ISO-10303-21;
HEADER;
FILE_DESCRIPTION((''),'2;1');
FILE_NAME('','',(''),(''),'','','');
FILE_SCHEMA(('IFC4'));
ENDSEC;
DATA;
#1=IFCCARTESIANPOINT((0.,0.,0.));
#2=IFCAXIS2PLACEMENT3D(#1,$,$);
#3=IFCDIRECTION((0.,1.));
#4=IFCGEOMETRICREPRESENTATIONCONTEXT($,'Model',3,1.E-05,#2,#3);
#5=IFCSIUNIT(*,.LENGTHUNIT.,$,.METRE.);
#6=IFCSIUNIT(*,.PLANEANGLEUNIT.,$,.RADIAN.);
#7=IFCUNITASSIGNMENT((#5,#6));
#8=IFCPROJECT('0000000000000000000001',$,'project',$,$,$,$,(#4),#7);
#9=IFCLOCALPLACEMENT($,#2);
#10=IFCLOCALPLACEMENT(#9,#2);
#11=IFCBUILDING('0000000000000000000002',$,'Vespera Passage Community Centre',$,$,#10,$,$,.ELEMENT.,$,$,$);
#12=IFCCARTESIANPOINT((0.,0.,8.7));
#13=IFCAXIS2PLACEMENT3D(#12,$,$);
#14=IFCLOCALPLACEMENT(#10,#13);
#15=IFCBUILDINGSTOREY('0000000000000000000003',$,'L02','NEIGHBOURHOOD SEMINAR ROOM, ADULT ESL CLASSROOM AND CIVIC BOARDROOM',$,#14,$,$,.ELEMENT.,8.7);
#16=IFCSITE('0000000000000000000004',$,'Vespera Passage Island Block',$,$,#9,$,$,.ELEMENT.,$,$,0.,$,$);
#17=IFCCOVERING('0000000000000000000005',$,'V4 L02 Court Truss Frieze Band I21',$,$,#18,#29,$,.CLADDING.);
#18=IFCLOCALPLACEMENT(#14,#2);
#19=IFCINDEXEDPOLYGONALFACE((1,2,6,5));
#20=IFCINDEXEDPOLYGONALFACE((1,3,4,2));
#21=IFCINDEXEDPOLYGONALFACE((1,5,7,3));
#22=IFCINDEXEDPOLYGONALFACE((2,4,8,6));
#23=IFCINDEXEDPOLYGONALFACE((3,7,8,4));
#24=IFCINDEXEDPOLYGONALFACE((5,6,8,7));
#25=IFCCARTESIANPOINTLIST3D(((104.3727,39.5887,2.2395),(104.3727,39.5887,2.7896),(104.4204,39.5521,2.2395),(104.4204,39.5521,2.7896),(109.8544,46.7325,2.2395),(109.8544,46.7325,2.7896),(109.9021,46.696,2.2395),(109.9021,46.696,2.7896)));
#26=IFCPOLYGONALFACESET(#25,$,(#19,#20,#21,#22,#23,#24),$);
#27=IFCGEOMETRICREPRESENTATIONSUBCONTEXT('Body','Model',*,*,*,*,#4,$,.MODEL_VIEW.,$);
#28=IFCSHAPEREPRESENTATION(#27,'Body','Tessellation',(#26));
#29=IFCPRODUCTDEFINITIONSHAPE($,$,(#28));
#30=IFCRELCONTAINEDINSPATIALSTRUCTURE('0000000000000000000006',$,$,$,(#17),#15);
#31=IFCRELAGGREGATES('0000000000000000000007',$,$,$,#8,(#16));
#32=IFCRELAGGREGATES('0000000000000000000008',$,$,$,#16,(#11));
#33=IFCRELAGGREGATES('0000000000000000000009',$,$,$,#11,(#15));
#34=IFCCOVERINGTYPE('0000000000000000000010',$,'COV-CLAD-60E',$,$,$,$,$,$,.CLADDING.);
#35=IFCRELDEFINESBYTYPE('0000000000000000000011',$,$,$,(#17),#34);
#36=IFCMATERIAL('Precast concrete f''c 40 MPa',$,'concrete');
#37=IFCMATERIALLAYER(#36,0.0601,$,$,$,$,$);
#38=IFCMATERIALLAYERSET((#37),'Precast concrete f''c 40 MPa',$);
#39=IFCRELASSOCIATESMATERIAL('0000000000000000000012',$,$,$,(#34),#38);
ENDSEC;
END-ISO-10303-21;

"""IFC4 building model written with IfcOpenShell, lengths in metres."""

from ifc_helpers import new_model, si_unit, direction, frame, frame_2d, origin, place, context, subcontext, project, spatial, rectangle, extrude, material, layer, layer_set, type_object, element, save


model = new_model("IFC4")

# Units and contexts
model_context = context("Model", 3, precision=1e-05, world=origin(), true_north=direction((0.0, 1.0)))
body_context = subcontext(model_context, "Body", "Model", "MODEL_VIEW")
ifc_project = project(units=[si_unit("LENGTHUNIT", "METRE"), si_unit("PLANEANGLEUNIT", "RADIAN")], contexts=[model_context])

# Site, building, storey
site_placement = place(None, origin())
site = spatial("IfcSite", under=ifc_project, at=site_placement, Name="Vespera Passage Island Block", CompositionType="ELEMENT", RefElevation=0.0)
building_placement = place(site_placement, origin())
building = spatial("IfcBuilding", under=site, at=building_placement, Name="Vespera Passage Community Centre", CompositionType="ELEMENT")
storey_placement = place(building_placement, frame((0.0, 0.0, 8.7)))
storey = spatial("IfcBuildingStorey", under=building, at=storey_placement, Name="L02", Description="NEIGHBOURHOOD SEMINAR ROOM, ADULT ESL CLASSROOM AND CIVIC BOARDROOM", CompositionType="ELEMENT", Elevation=8.7)

# Covering
ifc_material_1 = material(Name="Precast concrete f'c 40 MPa", Category="concrete")
ifc_layer_1 = layer(ifc_material_1, 0.0601)
ifc_layer_set_1 = layer_set([ifc_layer_1], Name="Precast concrete f'c 40 MPa")
covering_type = type_object("IfcCoveringType", Name="COV-CLAD-60E", PredefinedType="CLADDING", material=ifc_layer_set_1)
covering_1_placement = place(storey_placement, frame((104.3965, 39.5703, 2.2395), z_axis=(0.0, 0.0, 1.0), x_axis=(0.608766, 0.79335, 0.0)))
element("IfcCovering", 1, at=covering_1_placement, inside=storey, type_object=covering_type, Name="V4 L02 Court Truss Frieze Band I21", PredefinedType="CLADDING", context=body_context, shape_type="SweptSolid", body=[
    extrude(rectangle(XDim=9.0046, YDim=0.0601, at=frame_2d((4.5024, 0.0))), origin(), (0.0, 0.0, 1.0), 0.55),
])

save(model, "model.ifc")
